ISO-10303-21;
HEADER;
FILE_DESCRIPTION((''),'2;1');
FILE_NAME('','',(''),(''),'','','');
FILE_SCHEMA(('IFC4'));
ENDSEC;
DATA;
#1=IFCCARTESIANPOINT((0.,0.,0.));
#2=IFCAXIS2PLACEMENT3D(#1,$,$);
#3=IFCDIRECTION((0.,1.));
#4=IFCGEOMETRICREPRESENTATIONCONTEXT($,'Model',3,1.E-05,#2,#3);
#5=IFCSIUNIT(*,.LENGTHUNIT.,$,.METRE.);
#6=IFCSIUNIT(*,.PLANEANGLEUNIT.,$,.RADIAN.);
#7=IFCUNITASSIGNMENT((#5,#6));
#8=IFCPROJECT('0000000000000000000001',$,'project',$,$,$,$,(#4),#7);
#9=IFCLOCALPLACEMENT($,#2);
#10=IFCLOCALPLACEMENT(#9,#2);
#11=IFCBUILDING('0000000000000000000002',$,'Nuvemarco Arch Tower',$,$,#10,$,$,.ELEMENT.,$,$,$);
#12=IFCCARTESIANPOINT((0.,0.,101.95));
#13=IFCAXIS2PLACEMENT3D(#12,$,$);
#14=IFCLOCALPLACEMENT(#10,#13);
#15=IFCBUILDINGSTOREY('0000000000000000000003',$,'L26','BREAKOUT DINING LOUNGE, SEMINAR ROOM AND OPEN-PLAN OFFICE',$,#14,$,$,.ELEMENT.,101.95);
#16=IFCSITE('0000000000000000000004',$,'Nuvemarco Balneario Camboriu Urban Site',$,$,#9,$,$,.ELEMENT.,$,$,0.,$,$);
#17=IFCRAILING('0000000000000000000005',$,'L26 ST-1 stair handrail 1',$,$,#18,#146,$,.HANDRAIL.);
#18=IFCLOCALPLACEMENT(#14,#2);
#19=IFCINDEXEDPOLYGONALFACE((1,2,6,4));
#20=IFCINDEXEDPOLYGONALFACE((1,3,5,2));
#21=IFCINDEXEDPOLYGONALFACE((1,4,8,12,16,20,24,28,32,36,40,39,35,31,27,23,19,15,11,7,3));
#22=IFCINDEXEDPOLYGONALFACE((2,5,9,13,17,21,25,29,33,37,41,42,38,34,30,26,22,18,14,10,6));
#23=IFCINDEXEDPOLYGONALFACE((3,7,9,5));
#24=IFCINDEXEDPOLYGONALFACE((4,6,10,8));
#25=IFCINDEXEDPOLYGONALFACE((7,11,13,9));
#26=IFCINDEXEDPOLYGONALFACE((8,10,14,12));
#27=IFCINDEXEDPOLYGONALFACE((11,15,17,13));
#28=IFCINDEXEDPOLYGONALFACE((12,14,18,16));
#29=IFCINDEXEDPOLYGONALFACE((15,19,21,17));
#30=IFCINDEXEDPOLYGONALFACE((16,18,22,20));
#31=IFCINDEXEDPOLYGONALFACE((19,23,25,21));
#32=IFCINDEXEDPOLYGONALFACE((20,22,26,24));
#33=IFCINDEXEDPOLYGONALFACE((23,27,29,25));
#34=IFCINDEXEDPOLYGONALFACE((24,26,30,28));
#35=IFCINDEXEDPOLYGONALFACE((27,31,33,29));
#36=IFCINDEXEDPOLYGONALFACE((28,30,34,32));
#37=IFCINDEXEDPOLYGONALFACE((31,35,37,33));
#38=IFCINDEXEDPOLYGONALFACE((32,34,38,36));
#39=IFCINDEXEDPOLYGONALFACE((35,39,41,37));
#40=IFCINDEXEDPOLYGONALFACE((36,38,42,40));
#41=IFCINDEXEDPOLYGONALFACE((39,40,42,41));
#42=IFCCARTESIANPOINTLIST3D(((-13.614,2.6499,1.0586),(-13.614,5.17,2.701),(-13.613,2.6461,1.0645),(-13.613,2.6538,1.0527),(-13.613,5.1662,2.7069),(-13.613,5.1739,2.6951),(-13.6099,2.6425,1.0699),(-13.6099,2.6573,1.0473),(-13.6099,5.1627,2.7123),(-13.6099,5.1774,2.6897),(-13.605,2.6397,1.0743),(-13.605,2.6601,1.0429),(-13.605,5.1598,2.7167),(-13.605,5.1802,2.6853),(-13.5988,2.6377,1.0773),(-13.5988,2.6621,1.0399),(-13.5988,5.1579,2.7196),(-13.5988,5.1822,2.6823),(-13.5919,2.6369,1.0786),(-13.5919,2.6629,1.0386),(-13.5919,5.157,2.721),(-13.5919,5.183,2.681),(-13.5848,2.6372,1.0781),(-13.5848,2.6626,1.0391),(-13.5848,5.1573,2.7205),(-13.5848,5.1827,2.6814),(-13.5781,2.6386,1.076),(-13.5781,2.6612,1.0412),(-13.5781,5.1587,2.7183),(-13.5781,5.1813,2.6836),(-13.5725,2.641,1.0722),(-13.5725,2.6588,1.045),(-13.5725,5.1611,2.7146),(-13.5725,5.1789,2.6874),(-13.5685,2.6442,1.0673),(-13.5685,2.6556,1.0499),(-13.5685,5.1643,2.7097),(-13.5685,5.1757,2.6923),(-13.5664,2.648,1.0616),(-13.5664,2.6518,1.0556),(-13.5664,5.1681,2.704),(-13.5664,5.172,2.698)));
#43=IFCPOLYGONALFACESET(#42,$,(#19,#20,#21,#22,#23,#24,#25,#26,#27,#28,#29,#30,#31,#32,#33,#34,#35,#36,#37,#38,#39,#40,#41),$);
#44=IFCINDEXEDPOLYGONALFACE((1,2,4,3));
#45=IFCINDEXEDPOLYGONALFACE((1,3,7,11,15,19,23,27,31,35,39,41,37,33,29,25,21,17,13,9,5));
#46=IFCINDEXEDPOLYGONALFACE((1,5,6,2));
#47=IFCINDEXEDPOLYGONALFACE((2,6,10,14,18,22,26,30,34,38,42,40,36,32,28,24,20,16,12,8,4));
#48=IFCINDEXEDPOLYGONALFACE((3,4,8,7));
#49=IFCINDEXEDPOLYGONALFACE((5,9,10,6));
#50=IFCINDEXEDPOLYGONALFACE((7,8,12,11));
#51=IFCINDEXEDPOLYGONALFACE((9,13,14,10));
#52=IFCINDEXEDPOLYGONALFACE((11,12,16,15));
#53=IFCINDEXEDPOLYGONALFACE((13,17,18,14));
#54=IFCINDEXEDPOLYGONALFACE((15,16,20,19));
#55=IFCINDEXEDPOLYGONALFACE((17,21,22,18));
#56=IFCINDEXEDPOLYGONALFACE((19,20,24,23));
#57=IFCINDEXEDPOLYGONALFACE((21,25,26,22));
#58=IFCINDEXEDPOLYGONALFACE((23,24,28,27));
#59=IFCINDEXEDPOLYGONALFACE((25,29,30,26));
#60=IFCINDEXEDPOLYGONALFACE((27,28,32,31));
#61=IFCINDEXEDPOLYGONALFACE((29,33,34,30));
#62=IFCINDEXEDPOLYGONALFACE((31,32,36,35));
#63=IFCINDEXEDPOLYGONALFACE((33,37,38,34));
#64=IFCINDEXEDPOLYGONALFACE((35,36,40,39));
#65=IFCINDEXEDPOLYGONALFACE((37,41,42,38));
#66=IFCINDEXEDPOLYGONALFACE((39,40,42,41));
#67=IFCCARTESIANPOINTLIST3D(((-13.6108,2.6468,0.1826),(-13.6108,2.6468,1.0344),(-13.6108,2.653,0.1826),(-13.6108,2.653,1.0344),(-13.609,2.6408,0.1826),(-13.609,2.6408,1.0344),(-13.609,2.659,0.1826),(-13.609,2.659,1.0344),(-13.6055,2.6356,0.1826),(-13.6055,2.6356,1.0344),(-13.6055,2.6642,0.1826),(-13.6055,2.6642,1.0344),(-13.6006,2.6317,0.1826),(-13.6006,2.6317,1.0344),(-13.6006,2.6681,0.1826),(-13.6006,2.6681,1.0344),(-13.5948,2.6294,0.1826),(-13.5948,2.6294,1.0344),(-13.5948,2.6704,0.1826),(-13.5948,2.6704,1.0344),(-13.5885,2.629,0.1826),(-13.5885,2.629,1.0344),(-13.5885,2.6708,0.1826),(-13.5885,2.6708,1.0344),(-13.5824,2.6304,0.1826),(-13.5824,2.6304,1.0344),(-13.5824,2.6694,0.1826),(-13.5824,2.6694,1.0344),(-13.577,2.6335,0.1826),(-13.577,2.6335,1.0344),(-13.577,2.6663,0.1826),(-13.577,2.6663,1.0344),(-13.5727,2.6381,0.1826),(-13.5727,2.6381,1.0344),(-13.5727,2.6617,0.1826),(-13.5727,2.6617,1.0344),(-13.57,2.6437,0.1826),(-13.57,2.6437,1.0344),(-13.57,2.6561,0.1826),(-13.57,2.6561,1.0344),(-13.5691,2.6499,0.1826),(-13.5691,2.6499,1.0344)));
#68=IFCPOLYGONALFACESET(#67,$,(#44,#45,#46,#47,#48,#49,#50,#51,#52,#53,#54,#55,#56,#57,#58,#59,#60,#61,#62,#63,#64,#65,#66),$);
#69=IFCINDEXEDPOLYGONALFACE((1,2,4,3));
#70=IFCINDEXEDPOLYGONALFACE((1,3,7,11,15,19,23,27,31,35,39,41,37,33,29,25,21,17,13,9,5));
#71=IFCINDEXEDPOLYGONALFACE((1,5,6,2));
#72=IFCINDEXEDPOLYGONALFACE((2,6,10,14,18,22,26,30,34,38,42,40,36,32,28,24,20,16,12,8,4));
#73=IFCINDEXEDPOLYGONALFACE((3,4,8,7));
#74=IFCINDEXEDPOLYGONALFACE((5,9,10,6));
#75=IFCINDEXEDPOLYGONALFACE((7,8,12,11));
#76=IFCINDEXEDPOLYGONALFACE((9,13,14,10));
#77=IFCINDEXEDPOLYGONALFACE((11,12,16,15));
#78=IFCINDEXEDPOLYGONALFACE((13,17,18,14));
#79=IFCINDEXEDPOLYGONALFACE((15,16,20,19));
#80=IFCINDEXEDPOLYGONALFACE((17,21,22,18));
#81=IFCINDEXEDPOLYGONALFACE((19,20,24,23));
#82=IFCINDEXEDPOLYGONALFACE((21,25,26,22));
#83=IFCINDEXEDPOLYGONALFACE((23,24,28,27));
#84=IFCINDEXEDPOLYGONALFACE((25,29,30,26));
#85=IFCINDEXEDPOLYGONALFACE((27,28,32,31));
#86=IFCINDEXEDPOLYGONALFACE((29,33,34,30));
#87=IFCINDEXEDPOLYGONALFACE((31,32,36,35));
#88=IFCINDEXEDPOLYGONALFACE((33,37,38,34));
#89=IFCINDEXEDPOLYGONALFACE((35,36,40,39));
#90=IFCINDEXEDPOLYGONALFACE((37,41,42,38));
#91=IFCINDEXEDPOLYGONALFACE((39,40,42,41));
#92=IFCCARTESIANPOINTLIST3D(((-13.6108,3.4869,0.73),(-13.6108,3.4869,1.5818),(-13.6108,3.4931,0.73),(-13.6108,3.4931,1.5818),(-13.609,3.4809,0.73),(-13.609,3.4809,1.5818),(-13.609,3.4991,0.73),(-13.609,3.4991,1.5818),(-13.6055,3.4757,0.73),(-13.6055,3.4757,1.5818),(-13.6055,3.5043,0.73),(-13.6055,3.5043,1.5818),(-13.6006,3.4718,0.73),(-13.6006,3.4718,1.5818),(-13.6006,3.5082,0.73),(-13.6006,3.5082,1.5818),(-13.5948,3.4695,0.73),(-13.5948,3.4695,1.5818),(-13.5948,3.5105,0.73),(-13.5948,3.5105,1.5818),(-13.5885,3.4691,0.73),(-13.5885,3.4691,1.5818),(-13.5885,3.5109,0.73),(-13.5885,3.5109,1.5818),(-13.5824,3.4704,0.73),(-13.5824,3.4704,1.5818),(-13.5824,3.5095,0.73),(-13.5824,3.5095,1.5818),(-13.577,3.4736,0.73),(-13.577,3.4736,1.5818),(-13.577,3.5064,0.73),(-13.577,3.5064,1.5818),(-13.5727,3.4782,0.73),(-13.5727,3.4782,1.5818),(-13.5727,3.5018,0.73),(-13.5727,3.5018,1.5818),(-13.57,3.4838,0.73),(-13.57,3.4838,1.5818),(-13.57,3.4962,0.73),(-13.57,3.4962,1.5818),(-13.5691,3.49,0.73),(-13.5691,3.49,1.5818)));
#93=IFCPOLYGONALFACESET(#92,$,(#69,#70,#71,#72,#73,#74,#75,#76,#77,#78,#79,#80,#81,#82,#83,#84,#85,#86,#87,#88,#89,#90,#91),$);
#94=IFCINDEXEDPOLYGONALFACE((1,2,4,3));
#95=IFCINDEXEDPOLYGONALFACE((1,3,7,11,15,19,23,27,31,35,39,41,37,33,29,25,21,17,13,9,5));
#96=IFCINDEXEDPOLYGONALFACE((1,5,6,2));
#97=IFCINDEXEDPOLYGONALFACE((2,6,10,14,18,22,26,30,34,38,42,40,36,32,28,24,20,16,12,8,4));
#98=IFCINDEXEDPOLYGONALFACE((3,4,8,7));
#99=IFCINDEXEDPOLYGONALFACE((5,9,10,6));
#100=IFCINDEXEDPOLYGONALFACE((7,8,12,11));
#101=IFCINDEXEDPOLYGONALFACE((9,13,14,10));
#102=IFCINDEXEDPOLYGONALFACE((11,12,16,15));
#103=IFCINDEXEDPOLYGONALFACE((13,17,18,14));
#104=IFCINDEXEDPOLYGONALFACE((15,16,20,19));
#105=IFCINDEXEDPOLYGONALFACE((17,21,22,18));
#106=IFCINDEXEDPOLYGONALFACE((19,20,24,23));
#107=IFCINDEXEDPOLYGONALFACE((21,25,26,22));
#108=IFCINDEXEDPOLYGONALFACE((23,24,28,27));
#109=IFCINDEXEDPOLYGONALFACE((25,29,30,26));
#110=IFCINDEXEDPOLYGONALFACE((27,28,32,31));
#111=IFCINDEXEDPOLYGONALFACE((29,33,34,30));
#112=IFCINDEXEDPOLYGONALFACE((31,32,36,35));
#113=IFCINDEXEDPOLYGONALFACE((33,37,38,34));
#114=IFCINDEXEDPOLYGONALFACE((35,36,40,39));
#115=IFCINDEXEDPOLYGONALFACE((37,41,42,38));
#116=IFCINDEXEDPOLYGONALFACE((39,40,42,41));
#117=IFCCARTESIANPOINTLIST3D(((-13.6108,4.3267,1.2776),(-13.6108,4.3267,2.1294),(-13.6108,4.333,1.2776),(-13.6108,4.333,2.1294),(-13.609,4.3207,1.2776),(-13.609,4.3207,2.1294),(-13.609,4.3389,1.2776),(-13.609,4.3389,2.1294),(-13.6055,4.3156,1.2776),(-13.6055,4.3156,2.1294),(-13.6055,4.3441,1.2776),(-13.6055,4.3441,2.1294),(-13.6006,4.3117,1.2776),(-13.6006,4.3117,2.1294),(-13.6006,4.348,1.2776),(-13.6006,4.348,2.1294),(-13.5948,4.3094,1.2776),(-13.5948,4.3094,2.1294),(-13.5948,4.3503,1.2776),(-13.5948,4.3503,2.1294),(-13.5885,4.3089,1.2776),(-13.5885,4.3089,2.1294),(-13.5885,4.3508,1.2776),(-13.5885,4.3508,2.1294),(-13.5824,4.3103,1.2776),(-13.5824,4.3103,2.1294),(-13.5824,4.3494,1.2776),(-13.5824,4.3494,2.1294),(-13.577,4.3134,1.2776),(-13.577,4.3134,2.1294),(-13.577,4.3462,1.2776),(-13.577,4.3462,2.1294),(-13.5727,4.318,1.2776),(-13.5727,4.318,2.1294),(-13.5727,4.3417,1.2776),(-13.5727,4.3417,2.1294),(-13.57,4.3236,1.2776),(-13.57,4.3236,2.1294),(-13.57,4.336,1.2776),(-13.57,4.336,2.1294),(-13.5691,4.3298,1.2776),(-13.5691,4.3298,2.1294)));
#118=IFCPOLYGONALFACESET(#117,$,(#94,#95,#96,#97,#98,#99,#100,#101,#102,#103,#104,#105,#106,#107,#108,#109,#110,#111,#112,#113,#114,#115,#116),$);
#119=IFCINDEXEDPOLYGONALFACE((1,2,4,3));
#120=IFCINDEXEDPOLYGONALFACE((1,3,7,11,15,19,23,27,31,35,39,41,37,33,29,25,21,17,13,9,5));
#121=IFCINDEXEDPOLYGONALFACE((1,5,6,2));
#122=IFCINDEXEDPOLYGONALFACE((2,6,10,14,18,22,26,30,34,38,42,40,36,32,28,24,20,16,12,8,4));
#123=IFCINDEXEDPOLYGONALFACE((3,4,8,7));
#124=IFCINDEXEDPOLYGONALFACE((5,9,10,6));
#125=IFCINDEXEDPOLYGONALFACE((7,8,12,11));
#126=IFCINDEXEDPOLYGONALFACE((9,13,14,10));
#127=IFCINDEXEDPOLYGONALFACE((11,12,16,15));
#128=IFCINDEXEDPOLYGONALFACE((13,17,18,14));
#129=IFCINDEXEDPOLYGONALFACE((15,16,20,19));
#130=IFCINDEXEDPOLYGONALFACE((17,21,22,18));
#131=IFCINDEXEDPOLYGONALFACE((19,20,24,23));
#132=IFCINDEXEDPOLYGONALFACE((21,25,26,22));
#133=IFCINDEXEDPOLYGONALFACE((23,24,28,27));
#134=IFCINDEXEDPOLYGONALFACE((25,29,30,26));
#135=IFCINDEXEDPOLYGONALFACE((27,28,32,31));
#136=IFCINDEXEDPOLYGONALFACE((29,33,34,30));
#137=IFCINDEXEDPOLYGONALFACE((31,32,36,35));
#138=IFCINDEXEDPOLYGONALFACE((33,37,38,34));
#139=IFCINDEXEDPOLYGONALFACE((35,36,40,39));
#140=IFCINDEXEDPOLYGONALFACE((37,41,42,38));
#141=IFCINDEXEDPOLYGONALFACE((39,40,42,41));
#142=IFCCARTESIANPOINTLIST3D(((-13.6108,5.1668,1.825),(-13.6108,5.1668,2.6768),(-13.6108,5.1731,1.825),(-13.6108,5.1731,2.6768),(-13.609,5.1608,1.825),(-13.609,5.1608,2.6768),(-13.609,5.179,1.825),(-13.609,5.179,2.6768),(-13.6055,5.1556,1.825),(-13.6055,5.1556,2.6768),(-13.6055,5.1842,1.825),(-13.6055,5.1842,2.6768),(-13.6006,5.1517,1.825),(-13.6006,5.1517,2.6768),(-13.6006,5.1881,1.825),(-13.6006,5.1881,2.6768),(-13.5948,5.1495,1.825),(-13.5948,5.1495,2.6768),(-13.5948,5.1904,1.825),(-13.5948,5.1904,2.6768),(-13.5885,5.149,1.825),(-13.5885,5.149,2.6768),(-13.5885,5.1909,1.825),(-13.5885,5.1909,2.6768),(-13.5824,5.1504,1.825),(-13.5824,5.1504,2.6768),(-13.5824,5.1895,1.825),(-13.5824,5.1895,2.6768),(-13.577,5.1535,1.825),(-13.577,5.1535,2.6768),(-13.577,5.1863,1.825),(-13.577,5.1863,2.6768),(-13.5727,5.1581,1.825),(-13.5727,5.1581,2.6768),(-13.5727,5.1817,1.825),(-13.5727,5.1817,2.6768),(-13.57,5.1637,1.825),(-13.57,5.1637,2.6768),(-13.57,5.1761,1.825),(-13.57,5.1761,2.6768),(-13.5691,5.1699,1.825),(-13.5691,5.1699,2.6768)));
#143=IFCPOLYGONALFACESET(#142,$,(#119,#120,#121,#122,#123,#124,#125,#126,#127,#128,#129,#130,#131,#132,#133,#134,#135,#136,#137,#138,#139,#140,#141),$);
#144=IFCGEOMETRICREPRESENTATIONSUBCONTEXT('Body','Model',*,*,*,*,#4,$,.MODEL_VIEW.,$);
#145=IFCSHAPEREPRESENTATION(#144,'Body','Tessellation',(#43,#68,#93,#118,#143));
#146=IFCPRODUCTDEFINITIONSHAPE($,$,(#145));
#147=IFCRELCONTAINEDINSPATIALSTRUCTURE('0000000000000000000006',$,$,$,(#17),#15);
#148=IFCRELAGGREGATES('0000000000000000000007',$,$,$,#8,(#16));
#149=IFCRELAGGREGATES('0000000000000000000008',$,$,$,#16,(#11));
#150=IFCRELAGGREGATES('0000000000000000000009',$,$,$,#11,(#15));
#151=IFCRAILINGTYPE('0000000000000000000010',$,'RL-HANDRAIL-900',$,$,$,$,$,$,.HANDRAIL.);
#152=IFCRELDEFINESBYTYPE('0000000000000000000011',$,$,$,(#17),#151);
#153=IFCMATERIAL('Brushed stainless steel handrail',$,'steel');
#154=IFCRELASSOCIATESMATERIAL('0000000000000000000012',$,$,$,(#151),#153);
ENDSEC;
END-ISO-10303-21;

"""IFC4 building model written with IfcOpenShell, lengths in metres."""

from ifc_helpers import new_model, si_unit, direction, frame, origin, origin_2d, place, context, subcontext, project, spatial, circle, extrude, material, type_object, element, save


model = new_model("IFC4")

# Units and contexts
model_context = context("Model", 3, precision=1e-05, world=origin(), true_north=direction((0.0, 1.0)))
body_context = subcontext(model_context, "Body", "Model", "MODEL_VIEW")
ifc_project = project(units=[si_unit("LENGTHUNIT", "METRE"), si_unit("PLANEANGLEUNIT", "RADIAN")], contexts=[model_context])

# Site, building, storey
site_placement = place(None, origin())
site = spatial("IfcSite", under=ifc_project, at=site_placement, Name="Nuvemarco Balneario Camboriu Urban Site", CompositionType="ELEMENT", RefElevation=0.0)
building_placement = place(site_placement, origin())
building = spatial("IfcBuilding", under=site, at=building_placement, Name="Nuvemarco Arch Tower", CompositionType="ELEMENT")
storey_placement = place(building_placement, frame((0.0, 0.0, 101.95)))
storey = spatial("IfcBuildingStorey", under=building, at=storey_placement, Name="L26", Description="BREAKOUT DINING LOUNGE, SEMINAR ROOM AND OPEN-PLAN OFFICE", CompositionType="ELEMENT", Elevation=101.95)

# Railing
ifc_material_1 = material(Name="Brushed stainless steel handrail", Category="steel")
railing_type_1 = type_object("IfcRailingType", Name="RL-HANDRAIL-900", PredefinedType="HANDRAIL", material=ifc_material_1)
railing_1_placement = place(storey_placement, frame((-13.5901, 2.6499, 0.1826)))
element("IfcRailing", 1, at=railing_1_placement, inside=storey, type_object=railing_type_1, Name="L26 ST-1 stair handrail 1", PredefinedType="HANDRAIL", context=body_context, shape_type="SweptSolid", body=[
    extrude(circle(Radius=0.0239, at=origin_2d()), frame((0.0, 0.0, 0.876), z_axis=(0.0, 0.837787, 0.545998), x_axis=(-1.0, 0.0, 0.0)), (0.0, 0.0, 1.0), 3.0081),
    extrude(circle(Radius=0.021, at=origin_2d()), origin(), (0.0, 0.0, 1.0), 0.8518),
    extrude(circle(Radius=0.021, at=origin_2d()), frame((0.0, 0.8401, 0.5474)), (0.0, 0.0, 1.0), 0.8518),
    extrude(circle(Radius=0.021, at=origin_2d()), frame((0.0, 1.6799, 1.095)), (0.0, 0.0, 1.0), 0.8518),
    extrude(circle(Radius=0.021, at=origin_2d()), frame((0.0, 2.52, 1.6423)), (0.0, 0.0, 1.0), 0.8518),
])

save(model, "model.ifc")
